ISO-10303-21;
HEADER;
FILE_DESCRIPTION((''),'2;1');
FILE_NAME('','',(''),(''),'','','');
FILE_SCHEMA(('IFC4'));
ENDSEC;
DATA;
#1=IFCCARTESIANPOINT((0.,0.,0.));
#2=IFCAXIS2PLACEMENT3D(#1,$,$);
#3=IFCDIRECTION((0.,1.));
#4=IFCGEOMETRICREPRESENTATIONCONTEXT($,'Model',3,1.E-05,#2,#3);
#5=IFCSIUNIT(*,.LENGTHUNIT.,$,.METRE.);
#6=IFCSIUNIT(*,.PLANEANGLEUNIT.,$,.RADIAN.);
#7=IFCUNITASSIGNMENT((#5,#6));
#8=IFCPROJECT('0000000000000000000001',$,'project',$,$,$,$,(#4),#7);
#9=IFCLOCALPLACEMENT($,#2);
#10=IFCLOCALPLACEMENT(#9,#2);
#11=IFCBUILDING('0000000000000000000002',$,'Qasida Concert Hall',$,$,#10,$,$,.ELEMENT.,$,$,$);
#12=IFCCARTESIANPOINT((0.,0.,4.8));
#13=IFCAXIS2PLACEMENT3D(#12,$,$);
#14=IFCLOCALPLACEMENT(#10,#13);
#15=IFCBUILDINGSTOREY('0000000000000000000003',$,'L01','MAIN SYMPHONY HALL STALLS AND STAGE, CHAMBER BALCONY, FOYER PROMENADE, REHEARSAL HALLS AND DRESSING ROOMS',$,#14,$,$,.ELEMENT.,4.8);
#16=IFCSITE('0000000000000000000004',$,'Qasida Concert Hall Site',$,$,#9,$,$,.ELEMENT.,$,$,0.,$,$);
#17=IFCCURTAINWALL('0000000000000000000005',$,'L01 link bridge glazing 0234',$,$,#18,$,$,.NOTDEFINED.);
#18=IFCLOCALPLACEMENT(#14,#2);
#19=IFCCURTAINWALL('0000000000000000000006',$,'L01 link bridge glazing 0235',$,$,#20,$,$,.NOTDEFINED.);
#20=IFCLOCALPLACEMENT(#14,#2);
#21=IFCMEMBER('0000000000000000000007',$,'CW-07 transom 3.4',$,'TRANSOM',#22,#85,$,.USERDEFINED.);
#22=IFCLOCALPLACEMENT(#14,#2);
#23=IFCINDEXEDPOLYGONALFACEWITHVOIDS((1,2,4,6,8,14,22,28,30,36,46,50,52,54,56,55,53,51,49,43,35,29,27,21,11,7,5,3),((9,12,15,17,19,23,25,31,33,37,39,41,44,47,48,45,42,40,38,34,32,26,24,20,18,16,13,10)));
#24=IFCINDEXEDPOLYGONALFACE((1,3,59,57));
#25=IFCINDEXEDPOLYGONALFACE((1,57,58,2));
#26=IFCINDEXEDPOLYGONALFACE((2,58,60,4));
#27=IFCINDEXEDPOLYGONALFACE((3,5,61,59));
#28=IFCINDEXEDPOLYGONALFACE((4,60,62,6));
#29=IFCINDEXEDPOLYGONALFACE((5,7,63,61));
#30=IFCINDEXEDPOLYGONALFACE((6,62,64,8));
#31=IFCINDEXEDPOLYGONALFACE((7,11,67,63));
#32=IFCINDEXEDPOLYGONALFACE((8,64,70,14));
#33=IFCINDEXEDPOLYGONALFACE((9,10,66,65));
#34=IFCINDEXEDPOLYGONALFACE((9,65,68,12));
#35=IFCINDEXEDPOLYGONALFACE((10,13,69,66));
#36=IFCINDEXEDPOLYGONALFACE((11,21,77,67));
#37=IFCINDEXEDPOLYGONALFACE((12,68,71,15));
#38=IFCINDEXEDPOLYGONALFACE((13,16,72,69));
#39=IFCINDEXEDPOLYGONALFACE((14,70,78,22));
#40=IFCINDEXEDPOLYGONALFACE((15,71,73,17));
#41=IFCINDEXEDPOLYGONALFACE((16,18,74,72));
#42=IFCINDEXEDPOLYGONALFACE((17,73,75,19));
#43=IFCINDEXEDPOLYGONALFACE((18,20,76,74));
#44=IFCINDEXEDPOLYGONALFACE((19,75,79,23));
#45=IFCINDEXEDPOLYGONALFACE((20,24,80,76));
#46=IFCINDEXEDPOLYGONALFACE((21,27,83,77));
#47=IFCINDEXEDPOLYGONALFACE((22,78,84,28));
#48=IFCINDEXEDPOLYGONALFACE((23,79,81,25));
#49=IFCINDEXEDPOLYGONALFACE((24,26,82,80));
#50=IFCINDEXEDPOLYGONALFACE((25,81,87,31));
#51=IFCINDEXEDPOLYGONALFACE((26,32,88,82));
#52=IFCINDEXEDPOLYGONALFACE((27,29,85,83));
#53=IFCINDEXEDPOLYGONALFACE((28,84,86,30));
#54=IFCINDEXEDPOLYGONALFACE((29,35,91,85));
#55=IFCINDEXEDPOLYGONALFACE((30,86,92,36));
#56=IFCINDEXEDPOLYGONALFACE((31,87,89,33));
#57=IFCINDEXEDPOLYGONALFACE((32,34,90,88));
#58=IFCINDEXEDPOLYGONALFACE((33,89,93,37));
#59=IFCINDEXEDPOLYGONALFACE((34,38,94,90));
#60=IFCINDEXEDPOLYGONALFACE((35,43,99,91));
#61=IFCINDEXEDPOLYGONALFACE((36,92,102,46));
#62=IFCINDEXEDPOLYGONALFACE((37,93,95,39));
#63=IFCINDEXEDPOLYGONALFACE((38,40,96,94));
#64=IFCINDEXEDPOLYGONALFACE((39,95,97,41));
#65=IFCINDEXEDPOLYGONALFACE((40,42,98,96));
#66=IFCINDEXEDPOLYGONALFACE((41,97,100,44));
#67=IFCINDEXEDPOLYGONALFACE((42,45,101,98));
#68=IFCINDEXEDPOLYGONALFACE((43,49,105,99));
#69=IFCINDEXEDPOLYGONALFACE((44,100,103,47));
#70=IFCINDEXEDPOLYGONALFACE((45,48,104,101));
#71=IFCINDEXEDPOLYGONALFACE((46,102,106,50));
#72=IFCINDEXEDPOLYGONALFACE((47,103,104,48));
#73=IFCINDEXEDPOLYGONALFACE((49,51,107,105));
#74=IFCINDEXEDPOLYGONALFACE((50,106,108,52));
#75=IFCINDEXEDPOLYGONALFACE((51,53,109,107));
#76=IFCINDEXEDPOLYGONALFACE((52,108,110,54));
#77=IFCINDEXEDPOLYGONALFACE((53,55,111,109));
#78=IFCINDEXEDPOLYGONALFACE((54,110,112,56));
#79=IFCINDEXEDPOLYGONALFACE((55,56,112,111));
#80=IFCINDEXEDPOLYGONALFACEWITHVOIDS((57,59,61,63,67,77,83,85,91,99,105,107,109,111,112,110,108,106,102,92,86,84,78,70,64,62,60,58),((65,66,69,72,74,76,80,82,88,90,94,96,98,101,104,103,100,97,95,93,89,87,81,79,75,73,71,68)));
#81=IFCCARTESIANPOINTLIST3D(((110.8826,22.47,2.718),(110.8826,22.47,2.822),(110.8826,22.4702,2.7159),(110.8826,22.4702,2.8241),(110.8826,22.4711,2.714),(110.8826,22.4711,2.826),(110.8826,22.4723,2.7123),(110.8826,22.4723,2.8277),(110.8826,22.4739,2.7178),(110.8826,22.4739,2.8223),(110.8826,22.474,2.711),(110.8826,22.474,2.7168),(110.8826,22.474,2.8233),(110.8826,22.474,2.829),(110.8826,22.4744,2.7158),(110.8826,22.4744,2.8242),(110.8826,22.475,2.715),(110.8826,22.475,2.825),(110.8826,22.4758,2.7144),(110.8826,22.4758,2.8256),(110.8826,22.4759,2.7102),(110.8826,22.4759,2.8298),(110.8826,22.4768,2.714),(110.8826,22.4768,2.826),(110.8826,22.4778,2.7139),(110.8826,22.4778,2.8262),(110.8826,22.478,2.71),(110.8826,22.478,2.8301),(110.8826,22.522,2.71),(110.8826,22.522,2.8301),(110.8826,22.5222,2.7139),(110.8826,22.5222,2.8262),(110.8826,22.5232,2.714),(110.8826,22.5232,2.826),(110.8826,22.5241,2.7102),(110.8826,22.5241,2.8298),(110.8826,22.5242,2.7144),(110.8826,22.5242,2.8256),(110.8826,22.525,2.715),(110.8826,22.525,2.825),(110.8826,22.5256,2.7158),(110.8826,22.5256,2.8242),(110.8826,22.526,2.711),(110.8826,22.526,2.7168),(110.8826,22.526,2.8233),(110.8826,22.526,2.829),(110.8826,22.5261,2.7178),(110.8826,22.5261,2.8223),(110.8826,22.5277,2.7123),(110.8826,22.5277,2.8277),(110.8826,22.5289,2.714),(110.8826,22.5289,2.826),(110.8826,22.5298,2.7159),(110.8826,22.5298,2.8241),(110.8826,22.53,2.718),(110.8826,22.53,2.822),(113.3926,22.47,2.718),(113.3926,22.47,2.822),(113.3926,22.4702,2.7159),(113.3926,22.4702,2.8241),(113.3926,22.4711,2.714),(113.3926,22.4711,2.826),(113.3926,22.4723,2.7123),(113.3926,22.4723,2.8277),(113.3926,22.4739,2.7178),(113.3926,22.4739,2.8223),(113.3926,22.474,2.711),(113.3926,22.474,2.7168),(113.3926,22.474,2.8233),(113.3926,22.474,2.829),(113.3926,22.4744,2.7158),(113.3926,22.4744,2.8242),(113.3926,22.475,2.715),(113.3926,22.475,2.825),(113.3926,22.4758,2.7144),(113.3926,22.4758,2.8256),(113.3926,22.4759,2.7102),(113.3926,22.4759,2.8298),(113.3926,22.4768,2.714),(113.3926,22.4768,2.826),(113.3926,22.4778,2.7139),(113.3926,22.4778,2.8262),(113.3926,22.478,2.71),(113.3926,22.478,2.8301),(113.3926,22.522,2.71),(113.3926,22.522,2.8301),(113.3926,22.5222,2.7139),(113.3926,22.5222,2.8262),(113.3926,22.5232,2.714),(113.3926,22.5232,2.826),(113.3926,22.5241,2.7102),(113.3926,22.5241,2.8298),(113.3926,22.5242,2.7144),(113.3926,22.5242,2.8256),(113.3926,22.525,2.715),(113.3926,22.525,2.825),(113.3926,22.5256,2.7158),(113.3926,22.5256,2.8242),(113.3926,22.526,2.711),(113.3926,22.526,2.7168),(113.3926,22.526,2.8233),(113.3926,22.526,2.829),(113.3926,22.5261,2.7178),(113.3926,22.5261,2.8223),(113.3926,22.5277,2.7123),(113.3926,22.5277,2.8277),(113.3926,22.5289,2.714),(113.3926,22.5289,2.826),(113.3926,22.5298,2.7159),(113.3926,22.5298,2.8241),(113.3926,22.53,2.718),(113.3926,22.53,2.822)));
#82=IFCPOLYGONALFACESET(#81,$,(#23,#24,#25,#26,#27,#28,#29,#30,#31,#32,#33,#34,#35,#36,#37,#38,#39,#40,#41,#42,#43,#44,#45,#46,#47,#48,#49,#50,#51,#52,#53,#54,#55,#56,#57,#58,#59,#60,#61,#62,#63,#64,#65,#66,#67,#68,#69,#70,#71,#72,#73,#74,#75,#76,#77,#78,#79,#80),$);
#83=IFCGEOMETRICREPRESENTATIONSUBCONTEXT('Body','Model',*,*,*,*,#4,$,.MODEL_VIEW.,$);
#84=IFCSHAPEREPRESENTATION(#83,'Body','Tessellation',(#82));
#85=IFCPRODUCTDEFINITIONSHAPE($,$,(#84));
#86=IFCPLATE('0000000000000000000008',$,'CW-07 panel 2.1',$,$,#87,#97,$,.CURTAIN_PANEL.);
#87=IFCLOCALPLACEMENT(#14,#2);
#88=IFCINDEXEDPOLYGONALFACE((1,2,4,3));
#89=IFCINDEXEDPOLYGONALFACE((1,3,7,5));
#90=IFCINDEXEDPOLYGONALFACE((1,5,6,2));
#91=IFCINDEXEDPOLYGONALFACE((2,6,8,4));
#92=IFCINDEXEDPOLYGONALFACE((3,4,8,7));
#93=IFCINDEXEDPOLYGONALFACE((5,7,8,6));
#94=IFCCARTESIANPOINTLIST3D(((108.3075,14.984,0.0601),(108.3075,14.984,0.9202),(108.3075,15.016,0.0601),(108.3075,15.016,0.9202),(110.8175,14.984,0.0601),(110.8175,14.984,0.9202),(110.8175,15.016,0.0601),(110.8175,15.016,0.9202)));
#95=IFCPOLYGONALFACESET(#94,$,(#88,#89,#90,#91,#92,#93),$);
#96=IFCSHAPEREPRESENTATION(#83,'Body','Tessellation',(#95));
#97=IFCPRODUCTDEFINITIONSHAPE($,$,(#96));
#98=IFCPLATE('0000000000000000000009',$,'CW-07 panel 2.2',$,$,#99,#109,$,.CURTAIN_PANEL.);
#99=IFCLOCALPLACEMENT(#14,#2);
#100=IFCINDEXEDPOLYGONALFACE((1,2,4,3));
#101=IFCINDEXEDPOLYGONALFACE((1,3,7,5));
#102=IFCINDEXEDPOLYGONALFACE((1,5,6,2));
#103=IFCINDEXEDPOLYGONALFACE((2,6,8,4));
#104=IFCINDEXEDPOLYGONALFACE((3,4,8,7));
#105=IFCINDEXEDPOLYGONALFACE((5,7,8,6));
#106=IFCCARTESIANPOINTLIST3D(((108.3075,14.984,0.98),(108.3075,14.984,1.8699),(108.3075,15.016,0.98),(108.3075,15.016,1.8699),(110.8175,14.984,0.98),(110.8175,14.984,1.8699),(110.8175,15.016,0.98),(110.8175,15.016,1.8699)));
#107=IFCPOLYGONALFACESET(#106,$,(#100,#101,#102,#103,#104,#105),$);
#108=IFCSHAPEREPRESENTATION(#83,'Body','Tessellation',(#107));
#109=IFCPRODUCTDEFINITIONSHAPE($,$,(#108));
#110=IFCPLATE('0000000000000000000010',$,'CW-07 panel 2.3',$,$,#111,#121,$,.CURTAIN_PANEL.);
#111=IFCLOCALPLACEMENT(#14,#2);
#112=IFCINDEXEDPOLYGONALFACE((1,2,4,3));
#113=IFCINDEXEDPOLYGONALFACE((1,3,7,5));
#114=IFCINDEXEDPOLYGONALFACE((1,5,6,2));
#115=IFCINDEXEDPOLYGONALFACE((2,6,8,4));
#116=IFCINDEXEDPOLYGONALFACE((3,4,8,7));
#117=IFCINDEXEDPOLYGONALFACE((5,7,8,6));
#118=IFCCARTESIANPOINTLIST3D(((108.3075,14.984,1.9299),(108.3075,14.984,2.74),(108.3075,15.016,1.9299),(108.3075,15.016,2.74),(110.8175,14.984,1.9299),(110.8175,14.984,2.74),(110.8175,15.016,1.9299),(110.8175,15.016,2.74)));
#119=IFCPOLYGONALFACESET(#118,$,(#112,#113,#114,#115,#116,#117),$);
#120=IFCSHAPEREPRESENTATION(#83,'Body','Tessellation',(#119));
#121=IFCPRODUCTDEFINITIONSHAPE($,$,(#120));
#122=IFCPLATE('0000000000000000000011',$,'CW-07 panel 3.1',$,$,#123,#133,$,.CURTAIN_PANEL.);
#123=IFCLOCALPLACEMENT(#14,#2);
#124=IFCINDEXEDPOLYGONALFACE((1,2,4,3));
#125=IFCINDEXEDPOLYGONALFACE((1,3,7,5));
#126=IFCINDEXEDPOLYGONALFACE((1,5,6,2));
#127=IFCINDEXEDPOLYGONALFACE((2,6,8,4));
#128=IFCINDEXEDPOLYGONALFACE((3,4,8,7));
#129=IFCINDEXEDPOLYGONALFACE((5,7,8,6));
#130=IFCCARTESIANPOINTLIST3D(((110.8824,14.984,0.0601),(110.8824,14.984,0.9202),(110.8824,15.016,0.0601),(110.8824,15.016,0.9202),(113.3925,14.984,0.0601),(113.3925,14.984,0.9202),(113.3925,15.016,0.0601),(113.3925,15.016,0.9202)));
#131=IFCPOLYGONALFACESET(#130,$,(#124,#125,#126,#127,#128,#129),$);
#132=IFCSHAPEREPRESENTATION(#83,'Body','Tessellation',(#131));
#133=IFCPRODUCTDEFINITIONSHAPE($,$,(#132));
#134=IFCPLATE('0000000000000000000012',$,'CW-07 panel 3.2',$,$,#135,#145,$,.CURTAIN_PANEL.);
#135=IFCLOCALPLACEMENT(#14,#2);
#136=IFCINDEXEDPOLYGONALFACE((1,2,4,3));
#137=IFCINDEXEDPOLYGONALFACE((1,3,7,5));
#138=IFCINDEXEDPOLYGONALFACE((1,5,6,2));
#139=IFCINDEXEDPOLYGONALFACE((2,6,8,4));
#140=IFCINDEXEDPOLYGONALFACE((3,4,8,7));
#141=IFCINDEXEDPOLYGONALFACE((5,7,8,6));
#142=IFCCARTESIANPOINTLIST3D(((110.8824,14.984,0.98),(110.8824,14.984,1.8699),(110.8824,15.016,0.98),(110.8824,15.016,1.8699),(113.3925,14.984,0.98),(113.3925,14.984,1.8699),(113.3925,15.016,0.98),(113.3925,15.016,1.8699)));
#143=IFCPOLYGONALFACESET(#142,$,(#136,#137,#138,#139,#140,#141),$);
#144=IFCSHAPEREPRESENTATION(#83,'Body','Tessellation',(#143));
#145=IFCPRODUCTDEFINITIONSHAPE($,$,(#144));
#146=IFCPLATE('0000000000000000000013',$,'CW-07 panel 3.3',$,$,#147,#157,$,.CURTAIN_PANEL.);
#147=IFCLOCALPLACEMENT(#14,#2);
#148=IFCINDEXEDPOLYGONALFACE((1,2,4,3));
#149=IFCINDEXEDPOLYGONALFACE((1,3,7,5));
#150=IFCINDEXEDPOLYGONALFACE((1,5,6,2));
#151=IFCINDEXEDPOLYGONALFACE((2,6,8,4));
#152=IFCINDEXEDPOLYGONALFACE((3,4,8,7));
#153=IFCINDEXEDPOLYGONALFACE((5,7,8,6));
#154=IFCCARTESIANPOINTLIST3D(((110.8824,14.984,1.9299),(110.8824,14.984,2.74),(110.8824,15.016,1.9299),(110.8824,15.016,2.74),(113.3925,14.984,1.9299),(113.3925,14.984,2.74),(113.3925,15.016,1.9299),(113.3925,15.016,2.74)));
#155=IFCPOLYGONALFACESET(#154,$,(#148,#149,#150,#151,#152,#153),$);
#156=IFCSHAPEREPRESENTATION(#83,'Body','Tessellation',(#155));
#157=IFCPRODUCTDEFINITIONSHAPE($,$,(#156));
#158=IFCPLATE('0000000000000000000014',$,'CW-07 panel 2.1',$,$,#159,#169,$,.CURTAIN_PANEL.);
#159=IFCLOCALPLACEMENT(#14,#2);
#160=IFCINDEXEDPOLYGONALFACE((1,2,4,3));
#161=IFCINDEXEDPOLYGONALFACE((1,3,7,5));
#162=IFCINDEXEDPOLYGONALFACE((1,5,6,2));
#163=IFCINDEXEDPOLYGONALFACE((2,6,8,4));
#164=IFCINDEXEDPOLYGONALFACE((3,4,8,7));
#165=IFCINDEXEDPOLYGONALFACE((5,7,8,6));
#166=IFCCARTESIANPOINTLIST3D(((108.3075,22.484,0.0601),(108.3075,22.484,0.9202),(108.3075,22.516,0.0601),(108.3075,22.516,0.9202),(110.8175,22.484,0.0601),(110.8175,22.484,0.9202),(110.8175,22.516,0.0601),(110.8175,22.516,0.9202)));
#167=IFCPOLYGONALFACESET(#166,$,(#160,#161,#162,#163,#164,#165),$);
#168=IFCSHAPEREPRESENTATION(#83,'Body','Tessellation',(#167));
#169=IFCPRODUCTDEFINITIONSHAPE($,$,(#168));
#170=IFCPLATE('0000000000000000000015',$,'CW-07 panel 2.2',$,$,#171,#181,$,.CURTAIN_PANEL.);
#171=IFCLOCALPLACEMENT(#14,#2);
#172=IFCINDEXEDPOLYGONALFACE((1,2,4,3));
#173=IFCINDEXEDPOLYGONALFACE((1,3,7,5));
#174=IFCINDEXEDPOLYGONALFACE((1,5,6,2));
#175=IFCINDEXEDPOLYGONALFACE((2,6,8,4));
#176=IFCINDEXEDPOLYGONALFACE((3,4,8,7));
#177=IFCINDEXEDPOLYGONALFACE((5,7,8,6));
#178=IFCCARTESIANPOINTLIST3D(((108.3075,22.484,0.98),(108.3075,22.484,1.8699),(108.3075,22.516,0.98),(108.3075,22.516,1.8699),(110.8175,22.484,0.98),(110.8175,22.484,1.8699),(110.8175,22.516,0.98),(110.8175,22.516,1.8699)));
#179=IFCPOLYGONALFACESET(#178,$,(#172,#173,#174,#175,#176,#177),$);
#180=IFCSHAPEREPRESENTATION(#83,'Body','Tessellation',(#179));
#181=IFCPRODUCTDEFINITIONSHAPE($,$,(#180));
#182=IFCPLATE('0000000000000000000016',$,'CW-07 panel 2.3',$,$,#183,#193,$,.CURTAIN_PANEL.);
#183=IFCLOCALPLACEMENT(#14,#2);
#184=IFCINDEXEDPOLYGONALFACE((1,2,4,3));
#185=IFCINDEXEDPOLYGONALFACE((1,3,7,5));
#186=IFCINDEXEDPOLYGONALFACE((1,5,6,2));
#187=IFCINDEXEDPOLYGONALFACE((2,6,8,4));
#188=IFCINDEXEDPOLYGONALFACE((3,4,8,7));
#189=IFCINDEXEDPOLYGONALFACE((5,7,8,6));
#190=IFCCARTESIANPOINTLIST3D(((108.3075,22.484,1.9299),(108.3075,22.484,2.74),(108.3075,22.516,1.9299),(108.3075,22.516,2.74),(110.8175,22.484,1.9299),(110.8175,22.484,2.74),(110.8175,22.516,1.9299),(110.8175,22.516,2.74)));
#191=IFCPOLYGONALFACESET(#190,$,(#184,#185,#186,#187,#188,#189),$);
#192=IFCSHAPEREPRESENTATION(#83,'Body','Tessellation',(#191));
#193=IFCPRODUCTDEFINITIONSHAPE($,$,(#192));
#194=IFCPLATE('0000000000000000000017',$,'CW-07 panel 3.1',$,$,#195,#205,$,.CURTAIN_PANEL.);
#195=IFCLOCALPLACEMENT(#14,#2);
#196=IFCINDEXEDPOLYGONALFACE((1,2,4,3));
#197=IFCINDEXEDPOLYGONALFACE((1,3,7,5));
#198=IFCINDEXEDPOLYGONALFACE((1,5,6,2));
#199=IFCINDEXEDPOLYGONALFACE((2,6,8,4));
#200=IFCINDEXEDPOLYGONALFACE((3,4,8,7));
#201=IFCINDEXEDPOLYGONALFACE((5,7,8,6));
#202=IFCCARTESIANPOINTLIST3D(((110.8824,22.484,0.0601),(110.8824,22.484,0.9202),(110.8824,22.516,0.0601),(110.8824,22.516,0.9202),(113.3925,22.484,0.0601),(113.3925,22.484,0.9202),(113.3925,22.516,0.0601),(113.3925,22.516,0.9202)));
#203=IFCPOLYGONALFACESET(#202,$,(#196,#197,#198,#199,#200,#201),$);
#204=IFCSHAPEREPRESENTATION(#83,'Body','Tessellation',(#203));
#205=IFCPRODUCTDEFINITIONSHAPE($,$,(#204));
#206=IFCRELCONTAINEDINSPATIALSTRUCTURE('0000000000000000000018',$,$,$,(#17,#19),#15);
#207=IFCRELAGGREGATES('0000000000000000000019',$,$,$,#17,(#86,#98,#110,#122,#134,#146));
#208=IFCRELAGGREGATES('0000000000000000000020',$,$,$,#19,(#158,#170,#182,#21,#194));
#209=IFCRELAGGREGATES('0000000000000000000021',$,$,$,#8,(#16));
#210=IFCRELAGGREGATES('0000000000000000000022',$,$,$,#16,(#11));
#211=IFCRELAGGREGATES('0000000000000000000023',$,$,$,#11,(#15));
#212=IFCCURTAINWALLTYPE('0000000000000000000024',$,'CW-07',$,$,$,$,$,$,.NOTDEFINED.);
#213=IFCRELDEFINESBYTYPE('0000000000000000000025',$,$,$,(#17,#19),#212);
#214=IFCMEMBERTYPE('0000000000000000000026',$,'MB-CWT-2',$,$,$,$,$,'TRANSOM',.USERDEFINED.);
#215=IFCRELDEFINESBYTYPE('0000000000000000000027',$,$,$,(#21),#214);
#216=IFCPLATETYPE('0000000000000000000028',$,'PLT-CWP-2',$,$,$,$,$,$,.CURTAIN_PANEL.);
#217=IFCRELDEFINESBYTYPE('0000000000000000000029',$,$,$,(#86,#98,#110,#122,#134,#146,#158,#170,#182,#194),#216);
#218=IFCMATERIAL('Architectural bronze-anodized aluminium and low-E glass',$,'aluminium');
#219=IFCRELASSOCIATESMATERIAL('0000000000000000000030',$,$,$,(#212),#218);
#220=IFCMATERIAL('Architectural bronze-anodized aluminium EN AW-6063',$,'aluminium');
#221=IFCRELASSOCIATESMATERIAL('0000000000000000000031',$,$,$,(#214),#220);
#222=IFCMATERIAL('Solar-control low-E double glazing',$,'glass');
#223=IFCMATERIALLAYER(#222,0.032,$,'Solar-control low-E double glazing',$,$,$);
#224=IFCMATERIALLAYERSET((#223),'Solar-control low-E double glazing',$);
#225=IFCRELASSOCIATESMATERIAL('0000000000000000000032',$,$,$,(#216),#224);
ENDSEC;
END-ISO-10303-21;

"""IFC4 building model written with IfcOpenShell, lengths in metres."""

from ifc_helpers import new_model, si_unit, direction, frame, origin, origin_2d, place, context, subcontext, project, spatial, rectangle, hollow_rectangle, extrude, material, layer, layer_set, material_profile, profile_set, type_object, element, aggregate, save


model = new_model("IFC4")

# Units and contexts
model_context = context("Model", 3, precision=1e-05, world=origin(), true_north=direction((0.0, 1.0)))
body_context = subcontext(model_context, "Body", "Model", "MODEL_VIEW")
ifc_project = project(units=[si_unit("LENGTHUNIT", "METRE"), si_unit("PLANEANGLEUNIT", "RADIAN")], contexts=[model_context])

# Site, building, storey
site_placement = place(None, origin())
site = spatial("IfcSite", under=ifc_project, at=site_placement, Name="Qasida Concert Hall Site", CompositionType="ELEMENT", RefElevation=0.0)
building_placement = place(site_placement, origin())
building = spatial("IfcBuilding", under=site, at=building_placement, Name="Qasida Concert Hall", CompositionType="ELEMENT")
storey_placement = place(building_placement, frame((0.0, 0.0, 4.8)))
storey = spatial("IfcBuildingStorey", under=building, at=storey_placement, Name="L01", Description="MAIN SYMPHONY HALL STALLS AND STAGE, CHAMBER BALCONY, FOYER PROMENADE, REHEARSAL HALLS AND DRESSING ROOMS", CompositionType="ELEMENT", Elevation=4.8)

# Curtain walls
ifc_material_1 = material(Name="Architectural bronze-anodized aluminium and low-E glass", Category="aluminium")
curtain_wall_type = type_object("IfcCurtainWallType", Name="CW-07", PredefinedType="NOTDEFINED", material=ifc_material_1)
curtain_wall_1_placement = place(storey_placement, origin())
curtain_wall_1 = element("IfcCurtainWall", 1, at=curtain_wall_1_placement, inside=storey, type_object=curtain_wall_type, Name="L01 link bridge glazing 0234", PredefinedType="NOTDEFINED")
ifc_material_2 = material(Name="Architectural bronze-anodized aluminium EN AW-6063", Category="aluminium")
curtain_wall_2_placement = place(storey_placement, origin())
curtain_wall_2 = element("IfcCurtainWall", 2, at=curtain_wall_2_placement, inside=storey, type_object=curtain_wall_type, Name="L01 link bridge glazing 0235", PredefinedType="NOTDEFINED")

# Member
ifc_material_profile_1 = material_profile(ifc_material_2, hollow_rectangle(XDim=0.0601, YDim=0.1201, WallThickness=0.0039, InnerFilletRadius=0.0039, OuterFilletRadius=0.0081, at=origin_2d()), Name="CWT 120x60x4")
ifc_profile_set_1 = profile_set([ifc_material_profile_1], Name="Architectural bronze-anodized aluminium EN AW-6063")
member_type_1 = type_object("IfcMemberType", Name="MB-CWT-2", ElementType="TRANSOM", PredefinedType="USERDEFINED", material=ifc_profile_set_1)
member_1_placement = place(storey_placement, frame((110.8826, 22.5, 2.77), z_axis=(1.0, 0.0, 0.0), x_axis=(0.0, 1.0, 0.0)))
member_1 = element("IfcMember", 3, at=member_1_placement, type_object=member_type_1, Name="CW-07 transom 3.4", ObjectType="TRANSOM", PredefinedType="USERDEFINED", context=body_context, shape_type="SweptSolid", body=[
    extrude(hollow_rectangle(XDim=0.0601, YDim=0.1201, WallThickness=0.0039, InnerFilletRadius=0.0039, OuterFilletRadius=0.0081, at=origin_2d()), origin(), (0.0, 0.0, 1.0), 2.51),
])

# Plates
ifc_material_3 = material(Name="Solar-control low-E double glazing", Category="glass")
ifc_layer = layer(ifc_material_3, 0.032, Name="Solar-control low-E double glazing")
ifc_layer_set = layer_set([ifc_layer], Name="Solar-control low-E double glazing")
plate_type = type_object("IfcPlateType", Name="PLT-CWP-2", PredefinedType="CURTAIN_PANEL", material=ifc_layer_set)
plate_1_placement = place(storey_placement, frame((109.5625, 15.0, 0.0601), z_axis=(0.0, 0.0, 1.0), x_axis=(1.0, 0.0, 0.0)))
plate_1 = element("IfcPlate", 4, at=plate_1_placement, type_object=plate_type, Name="CW-07 panel 2.1", PredefinedType="CURTAIN_PANEL", context=body_context, shape_type="SweptSolid", body=[
    extrude(rectangle(XDim=2.51, YDim=0.032, at=origin_2d()), origin(), (0.0, 0.0, 1.0), 0.8601),
])
plate_2_placement = place(storey_placement, frame((109.5625, 15.0, 0.98), z_axis=(0.0, 0.0, 1.0), x_axis=(1.0, 0.0, 0.0)))
plate_2 = element("IfcPlate", 5, at=plate_2_placement, type_object=plate_type, Name="CW-07 panel 2.2", PredefinedType="CURTAIN_PANEL", context=body_context, shape_type="SweptSolid", body=[
    extrude(rectangle(XDim=2.51, YDim=0.032, at=origin_2d()), origin(), (0.0, 0.0, 1.0), 0.8899),
])
plate_3_placement = place(storey_placement, frame((109.5625, 15.0, 1.9299), z_axis=(0.0, 0.0, 1.0), x_axis=(1.0, 0.0, 0.0)))
plate_3 = element("IfcPlate", 6, at=plate_3_placement, type_object=plate_type, Name="CW-07 panel 2.3", PredefinedType="CURTAIN_PANEL", context=body_context, shape_type="SweptSolid", body=[
    extrude(rectangle(XDim=2.51, YDim=0.032, at=origin_2d()), origin(), (0.0, 0.0, 1.0), 0.8101),
])
plate_4_placement = place(storey_placement, frame((112.1375, 15.0, 0.0601), z_axis=(0.0, 0.0, 1.0), x_axis=(1.0, 0.0, 0.0)))
plate_4 = element("IfcPlate", 7, at=plate_4_placement, type_object=plate_type, Name="CW-07 panel 3.1", PredefinedType="CURTAIN_PANEL", context=body_context, shape_type="SweptSolid", body=[
    extrude(rectangle(XDim=2.51, YDim=0.032, at=origin_2d()), origin(), (0.0, 0.0, 1.0), 0.8601),
])
plate_5_placement = place(storey_placement, frame((112.1375, 15.0, 0.98), z_axis=(0.0, 0.0, 1.0), x_axis=(1.0, 0.0, 0.0)))
plate_5 = element("IfcPlate", 8, at=plate_5_placement, type_object=plate_type, Name="CW-07 panel 3.2", PredefinedType="CURTAIN_PANEL", context=body_context, shape_type="SweptSolid", body=[
    extrude(rectangle(XDim=2.51, YDim=0.032, at=origin_2d()), origin(), (0.0, 0.0, 1.0), 0.8899),
])
plate_6_placement = place(storey_placement, frame((112.1375, 15.0, 1.9299), z_axis=(0.0, 0.0, 1.0), x_axis=(1.0, 0.0, 0.0)))
plate_6 = element("IfcPlate", 9, at=plate_6_placement, type_object=plate_type, Name="CW-07 panel 3.3", PredefinedType="CURTAIN_PANEL", context=body_context, shape_type="SweptSolid", body=[
    extrude(rectangle(XDim=2.51, YDim=0.032, at=origin_2d()), origin(), (0.0, 0.0, 1.0), 0.8101),
])
aggregate(curtain_wall_1, [plate_1, plate_2, plate_3, plate_4, plate_5, plate_6])
plate_7_placement = place(storey_placement, frame((109.5625, 22.5, 0.0601), z_axis=(0.0, 0.0, 1.0), x_axis=(1.0, 0.0, 0.0)))
plate_7 = element("IfcPlate", 10, at=plate_7_placement, type_object=plate_type, Name="CW-07 panel 2.1", PredefinedType="CURTAIN_PANEL", context=body_context, shape_type="SweptSolid", body=[
    extrude(rectangle(XDim=2.51, YDim=0.032, at=origin_2d()), origin(), (0.0, 0.0, 1.0), 0.8601),
])
plate_8_placement = place(storey_placement, frame((109.5625, 22.5, 0.98), z_axis=(0.0, 0.0, 1.0), x_axis=(1.0, 0.0, 0.0)))
plate_8 = element("IfcPlate", 11, at=plate_8_placement, type_object=plate_type, Name="CW-07 panel 2.2", PredefinedType="CURTAIN_PANEL", context=body_context, shape_type="SweptSolid", body=[
    extrude(rectangle(XDim=2.51, YDim=0.032, at=origin_2d()), origin(), (0.0, 0.0, 1.0), 0.8899),
])
plate_9_placement = place(storey_placement, frame((109.5625, 22.5, 1.9299), z_axis=(0.0, 0.0, 1.0), x_axis=(1.0, 0.0, 0.0)))
plate_9 = element("IfcPlate", 12, at=plate_9_placement, type_object=plate_type, Name="CW-07 panel 2.3", PredefinedType="CURTAIN_PANEL", context=body_context, shape_type="SweptSolid", body=[
    extrude(rectangle(XDim=2.51, YDim=0.032, at=origin_2d()), origin(), (0.0, 0.0, 1.0), 0.8101),
])
plate_10_placement = place(storey_placement, frame((112.1375, 22.5, 0.0601), z_axis=(0.0, 0.0, 1.0), x_axis=(1.0, 0.0, 0.0)))
plate_10 = element("IfcPlate", 13, at=plate_10_placement, type_object=plate_type, Name="CW-07 panel 3.1", PredefinedType="CURTAIN_PANEL", context=body_context, shape_type="SweptSolid", body=[
    extrude(rectangle(XDim=2.51, YDim=0.032, at=origin_2d()), origin(), (0.0, 0.0, 1.0), 0.8601),
])
aggregate(curtain_wall_2, [plate_7, plate_8, plate_9, member_1, plate_10])

save(model, "model.ifc")
